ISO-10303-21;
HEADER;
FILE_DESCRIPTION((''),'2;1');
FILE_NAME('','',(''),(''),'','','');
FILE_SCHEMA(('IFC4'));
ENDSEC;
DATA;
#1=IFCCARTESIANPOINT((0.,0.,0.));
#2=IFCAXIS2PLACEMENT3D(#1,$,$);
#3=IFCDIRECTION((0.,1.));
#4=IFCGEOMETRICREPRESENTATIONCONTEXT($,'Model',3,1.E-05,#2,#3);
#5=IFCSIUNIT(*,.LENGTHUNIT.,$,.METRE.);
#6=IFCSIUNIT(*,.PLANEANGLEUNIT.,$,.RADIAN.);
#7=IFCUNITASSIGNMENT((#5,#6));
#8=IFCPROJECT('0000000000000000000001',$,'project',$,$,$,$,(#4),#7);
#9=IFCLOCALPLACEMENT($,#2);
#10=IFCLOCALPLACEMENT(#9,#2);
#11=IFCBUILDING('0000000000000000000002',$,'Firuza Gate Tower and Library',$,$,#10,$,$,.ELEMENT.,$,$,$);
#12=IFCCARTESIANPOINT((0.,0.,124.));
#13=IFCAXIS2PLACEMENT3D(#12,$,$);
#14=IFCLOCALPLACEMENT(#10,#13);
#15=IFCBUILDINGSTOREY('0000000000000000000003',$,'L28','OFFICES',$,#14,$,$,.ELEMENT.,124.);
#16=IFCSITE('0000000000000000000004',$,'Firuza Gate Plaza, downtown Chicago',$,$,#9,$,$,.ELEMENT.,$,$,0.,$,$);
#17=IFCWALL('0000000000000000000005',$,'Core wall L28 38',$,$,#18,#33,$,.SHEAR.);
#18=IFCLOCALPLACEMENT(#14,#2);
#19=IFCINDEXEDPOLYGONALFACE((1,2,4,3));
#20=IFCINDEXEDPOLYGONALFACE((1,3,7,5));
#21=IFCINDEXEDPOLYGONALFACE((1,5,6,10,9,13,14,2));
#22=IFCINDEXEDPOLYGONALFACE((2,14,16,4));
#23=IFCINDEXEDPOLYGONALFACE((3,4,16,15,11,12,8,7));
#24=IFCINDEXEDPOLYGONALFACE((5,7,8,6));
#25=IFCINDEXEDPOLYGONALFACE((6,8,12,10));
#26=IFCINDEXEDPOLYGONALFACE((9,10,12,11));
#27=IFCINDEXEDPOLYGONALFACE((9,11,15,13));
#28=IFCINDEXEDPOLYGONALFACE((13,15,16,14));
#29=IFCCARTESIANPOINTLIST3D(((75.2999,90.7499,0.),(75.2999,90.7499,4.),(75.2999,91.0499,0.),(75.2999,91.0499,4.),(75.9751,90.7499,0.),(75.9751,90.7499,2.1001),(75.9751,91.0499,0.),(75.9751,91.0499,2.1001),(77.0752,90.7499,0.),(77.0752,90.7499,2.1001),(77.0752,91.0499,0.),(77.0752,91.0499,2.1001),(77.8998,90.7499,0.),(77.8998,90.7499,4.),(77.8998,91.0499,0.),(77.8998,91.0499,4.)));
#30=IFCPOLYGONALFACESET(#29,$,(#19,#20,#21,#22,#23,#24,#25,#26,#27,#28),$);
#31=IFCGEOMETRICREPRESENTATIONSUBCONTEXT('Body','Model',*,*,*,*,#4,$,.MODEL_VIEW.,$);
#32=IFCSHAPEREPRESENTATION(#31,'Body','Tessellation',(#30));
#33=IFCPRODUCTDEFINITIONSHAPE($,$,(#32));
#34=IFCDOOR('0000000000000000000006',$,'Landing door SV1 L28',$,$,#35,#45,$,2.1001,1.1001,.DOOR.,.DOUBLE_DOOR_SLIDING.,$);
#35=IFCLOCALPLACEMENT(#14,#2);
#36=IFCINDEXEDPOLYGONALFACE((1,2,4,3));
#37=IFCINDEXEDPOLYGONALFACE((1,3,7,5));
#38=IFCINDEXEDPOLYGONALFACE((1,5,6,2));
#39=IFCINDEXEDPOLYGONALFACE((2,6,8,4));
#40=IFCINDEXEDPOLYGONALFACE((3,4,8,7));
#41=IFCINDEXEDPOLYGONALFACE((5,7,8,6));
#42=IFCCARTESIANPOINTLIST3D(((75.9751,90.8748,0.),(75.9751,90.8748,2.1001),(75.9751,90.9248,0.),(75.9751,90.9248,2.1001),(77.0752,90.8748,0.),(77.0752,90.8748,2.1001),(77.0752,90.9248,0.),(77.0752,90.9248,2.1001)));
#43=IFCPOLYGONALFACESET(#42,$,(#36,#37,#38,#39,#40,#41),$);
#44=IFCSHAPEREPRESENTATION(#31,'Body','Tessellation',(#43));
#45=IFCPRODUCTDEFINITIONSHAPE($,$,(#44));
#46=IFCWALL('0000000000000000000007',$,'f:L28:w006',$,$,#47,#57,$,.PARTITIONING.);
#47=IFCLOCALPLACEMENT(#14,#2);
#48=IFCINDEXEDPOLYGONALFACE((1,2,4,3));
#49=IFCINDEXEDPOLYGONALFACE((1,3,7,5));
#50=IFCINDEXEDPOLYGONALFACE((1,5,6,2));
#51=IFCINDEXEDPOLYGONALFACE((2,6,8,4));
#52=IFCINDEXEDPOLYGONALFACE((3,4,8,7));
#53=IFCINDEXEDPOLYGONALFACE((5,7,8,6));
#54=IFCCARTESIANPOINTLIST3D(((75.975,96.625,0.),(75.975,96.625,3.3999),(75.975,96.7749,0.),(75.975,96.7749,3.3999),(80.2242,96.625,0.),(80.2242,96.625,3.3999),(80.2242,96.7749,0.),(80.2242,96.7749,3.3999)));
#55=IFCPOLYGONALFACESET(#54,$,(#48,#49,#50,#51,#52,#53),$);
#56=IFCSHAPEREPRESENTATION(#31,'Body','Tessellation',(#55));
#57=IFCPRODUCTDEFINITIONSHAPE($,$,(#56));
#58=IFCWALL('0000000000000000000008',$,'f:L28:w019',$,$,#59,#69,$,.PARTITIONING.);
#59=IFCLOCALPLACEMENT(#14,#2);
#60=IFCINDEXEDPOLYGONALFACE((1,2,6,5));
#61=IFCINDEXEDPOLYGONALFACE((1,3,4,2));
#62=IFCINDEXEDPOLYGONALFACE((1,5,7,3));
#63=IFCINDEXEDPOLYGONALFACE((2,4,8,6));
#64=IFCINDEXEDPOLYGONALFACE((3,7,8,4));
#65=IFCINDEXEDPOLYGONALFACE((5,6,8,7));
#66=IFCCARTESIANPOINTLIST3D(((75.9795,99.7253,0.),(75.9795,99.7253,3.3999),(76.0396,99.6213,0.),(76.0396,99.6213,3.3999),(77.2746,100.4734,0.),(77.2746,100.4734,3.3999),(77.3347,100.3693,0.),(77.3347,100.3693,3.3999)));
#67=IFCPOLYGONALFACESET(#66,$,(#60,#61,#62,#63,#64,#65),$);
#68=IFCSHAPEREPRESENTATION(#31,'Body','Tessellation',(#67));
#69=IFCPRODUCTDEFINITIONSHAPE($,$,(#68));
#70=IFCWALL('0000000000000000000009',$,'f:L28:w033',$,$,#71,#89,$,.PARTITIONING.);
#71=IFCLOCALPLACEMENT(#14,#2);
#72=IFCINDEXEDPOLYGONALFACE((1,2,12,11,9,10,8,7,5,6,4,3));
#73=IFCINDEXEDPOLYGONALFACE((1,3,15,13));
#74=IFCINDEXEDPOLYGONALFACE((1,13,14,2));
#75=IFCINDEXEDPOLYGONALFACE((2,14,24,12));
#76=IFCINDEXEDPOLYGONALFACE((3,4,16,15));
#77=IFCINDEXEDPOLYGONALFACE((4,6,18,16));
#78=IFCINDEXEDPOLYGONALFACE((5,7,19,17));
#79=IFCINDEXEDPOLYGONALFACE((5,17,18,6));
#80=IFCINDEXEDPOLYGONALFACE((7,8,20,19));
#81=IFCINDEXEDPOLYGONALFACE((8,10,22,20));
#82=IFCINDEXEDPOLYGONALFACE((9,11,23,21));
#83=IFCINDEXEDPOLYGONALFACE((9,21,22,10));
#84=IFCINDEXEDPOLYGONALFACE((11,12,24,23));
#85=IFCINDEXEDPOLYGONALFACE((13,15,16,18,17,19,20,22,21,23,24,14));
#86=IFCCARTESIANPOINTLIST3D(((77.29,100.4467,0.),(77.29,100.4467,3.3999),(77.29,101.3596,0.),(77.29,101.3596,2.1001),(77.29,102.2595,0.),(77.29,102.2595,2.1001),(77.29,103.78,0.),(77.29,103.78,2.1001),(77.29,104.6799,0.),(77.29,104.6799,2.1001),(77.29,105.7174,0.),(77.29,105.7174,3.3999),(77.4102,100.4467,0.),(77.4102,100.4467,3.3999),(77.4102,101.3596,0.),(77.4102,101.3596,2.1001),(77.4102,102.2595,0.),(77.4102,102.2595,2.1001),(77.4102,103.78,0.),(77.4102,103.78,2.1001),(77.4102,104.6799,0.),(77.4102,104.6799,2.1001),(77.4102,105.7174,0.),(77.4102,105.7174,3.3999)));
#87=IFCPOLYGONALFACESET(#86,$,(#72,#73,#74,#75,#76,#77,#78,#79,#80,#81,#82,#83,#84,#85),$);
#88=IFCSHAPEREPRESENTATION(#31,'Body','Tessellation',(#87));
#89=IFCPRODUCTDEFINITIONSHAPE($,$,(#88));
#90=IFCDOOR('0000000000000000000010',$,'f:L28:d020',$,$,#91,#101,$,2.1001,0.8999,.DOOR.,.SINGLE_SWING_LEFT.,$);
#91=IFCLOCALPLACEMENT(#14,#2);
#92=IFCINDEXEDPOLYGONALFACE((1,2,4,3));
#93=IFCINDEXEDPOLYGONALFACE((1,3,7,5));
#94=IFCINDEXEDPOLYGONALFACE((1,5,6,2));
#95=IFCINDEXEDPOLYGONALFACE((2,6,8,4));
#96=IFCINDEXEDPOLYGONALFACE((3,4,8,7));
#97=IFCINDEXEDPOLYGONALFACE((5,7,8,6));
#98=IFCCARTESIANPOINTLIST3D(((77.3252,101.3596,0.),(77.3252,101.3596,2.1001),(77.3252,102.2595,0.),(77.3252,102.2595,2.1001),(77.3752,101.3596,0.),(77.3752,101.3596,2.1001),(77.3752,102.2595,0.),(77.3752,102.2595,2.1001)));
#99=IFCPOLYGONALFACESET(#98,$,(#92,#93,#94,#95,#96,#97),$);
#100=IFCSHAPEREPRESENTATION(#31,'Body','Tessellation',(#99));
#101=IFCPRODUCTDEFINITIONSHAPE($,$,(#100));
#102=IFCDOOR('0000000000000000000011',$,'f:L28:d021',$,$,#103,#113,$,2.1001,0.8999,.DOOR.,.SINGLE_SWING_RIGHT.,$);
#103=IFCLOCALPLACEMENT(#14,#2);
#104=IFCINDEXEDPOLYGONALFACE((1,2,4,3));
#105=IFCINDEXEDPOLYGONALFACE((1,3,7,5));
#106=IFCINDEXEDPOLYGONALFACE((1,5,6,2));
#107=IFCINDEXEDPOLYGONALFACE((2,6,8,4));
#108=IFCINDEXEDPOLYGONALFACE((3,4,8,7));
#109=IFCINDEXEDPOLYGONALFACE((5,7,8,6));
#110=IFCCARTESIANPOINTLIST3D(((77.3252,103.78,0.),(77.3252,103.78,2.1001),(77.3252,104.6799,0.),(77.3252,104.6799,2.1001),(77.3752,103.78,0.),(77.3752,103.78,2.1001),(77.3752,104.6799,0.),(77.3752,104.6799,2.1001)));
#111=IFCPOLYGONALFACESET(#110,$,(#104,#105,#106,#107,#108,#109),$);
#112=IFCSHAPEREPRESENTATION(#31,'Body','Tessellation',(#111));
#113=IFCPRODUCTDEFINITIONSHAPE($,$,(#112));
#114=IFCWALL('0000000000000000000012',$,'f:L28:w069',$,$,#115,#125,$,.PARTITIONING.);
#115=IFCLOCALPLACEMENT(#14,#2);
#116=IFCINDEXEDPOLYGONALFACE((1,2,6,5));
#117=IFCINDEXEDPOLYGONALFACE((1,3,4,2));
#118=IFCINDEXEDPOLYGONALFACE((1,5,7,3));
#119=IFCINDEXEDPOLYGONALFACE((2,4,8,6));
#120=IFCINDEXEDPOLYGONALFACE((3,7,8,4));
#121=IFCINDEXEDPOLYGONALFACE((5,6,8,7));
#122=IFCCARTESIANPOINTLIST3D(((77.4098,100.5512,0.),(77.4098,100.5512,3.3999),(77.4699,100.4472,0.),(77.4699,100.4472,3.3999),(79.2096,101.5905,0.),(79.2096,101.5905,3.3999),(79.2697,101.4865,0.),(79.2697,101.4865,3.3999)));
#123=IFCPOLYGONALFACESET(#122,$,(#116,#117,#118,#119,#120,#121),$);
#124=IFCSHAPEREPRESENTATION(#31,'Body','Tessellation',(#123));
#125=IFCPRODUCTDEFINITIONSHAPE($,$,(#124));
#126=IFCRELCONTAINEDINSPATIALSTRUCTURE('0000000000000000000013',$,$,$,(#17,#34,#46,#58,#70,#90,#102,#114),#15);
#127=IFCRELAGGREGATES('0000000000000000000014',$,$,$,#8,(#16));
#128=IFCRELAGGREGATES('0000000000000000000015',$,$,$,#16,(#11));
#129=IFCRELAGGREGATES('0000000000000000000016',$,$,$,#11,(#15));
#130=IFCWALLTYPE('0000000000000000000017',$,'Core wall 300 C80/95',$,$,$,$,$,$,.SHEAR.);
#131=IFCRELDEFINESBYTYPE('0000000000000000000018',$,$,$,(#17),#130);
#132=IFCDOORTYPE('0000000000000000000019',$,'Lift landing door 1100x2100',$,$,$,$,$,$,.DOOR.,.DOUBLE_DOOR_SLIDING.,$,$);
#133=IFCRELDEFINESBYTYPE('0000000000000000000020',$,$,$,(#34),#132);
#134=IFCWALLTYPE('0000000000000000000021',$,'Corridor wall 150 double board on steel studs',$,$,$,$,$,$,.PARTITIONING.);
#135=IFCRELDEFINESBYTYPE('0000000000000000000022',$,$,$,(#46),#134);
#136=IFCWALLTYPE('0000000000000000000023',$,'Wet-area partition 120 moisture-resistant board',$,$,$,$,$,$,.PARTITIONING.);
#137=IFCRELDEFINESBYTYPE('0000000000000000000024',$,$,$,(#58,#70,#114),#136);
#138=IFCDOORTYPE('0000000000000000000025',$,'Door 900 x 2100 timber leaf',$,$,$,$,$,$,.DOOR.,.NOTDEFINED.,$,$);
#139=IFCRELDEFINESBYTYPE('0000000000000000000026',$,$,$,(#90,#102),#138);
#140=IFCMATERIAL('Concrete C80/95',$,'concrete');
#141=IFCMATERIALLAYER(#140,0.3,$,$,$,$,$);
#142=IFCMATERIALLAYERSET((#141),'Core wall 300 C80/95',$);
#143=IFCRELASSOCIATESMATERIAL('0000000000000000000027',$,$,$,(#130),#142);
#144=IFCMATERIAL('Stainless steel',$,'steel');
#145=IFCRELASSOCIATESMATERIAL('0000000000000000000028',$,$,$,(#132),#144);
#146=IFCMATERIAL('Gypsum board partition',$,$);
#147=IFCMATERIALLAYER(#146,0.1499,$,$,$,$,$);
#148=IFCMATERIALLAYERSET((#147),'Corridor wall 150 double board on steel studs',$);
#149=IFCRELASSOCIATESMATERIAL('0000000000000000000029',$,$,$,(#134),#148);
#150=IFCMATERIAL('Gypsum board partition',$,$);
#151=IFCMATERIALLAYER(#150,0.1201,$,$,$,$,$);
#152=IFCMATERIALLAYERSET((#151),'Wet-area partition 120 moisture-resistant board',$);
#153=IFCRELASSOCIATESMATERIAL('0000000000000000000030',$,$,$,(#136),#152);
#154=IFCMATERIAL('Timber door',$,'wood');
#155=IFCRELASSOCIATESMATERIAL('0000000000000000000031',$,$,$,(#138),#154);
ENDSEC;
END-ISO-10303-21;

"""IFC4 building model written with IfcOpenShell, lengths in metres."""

from ifc_helpers import new_model, si_unit, direction, frame, frame_2d, origin, place, context, subcontext, project, spatial, rectangle, extrude, material, layer, layer_set, type_object, element, fill, save


model = new_model("IFC4")

# Units and contexts
model_context = context("Model", 3, precision=1e-05, world=origin(), true_north=direction((0.0, 1.0)))
body_context = subcontext(model_context, "Body", "Model", "MODEL_VIEW")
ifc_project = project(units=[si_unit("LENGTHUNIT", "METRE"), si_unit("PLANEANGLEUNIT", "RADIAN")], contexts=[model_context])

# Site, building, storey
site_placement = place(None, origin())
site = spatial("IfcSite", under=ifc_project, at=site_placement, Name="Firuza Gate Plaza, downtown Chicago", CompositionType="ELEMENT", RefElevation=0.0)
building_placement = place(site_placement, origin())
building = spatial("IfcBuilding", under=site, at=building_placement, Name="Firuza Gate Tower and Library", CompositionType="ELEMENT")
storey_placement = place(building_placement, frame((0.0, 0.0, 124.0)))
storey = spatial("IfcBuildingStorey", under=building, at=storey_placement, Name="L28", Description="OFFICES", CompositionType="ELEMENT", Elevation=124.0)

# Wall, opening, door
ifc_material_1 = material(Name="Concrete C80/95", Category="concrete")
ifc_layer_1 = layer(ifc_material_1, 0.3)
ifc_layer_set_1 = layer_set([ifc_layer_1], Name="Core wall 300 C80/95")
wall_type_1 = type_object("IfcWallType", Name="Core wall 300 C80/95", PredefinedType="SHEAR", material=ifc_layer_set_1)
wall_1_placement = place(storey_placement, frame((75.3, 90.8999, 0.0), z_axis=(0.0, 0.0, 1.0), x_axis=(1.0, 0.0, 0.0)))
wall_1 = element("IfcWall", 1, at=wall_1_placement, inside=storey, type_object=wall_type_1, Name="Core wall L28 38", PredefinedType="SHEAR", context=body_context, shape_type="SweptSolid", body=[
    extrude(rectangle(XDim=2.5999, YDim=0.3, at=frame_2d((1.2998, 0.0))), origin(), (0.0, 0.0, 1.0), 4.0),
])
opening_1_placement = place(wall_1_placement, frame((0.675, 0.0, 0.0)))
opening_1 = element("IfcOpeningElement", 2, at=opening_1_placement, cuts=wall_1, PredefinedType="OPENING", context=body_context, shape_type="SweptSolid", body=[
    extrude(rectangle(XDim=1.1001, YDim=2.1001, at=frame_2d((0.55, 1.05))), frame((0.0, 0.1602, 0.0), z_axis=(0.0, -1.0, 0.0), x_axis=(1.0, 0.0, 0.0)), (0.0, 0.0, 1.0), 0.3201),
])
ifc_material_2 = material(Name="Stainless steel", Category="steel")
door_type_1 = type_object("IfcDoorType", Name="Lift landing door 1100x2100", OperationType="DOUBLE_DOOR_SLIDING", PredefinedType="DOOR", material=ifc_material_2)
door_1_placement = place(opening_1_placement, origin())
door_1 = element("IfcDoor", 3, at=door_1_placement, inside=storey, type_object=door_type_1, Name="Landing door SV1 L28", OperationType="DOUBLE_DOOR_SLIDING", OverallHeight=2.1001, OverallWidth=1.1001, PredefinedType="DOOR", context=body_context, shape_type="SweptSolid", body=[
    extrude(rectangle(XDim=1.1001, YDim=2.1001, at=frame_2d((0.55, 1.05))), frame((0.0, 0.0249, 0.0), z_axis=(0.0, -1.0, 0.0), x_axis=(1.0, 0.0, 0.0)), (0.0, 0.0, 1.0), 0.05),
])
fill(opening_1, door_1)

# Walls
ifc_material_3 = material(Name="Gypsum board partition")
ifc_layer_2 = layer(ifc_material_3, 0.1499)
ifc_layer_set_2 = layer_set([ifc_layer_2], Name="Corridor wall 150 double board on steel studs")
wall_type_2 = type_object("IfcWallType", Name="Corridor wall 150 double board on steel studs", PredefinedType="PARTITIONING", material=ifc_layer_set_2)
wall_2_placement = place(storey_placement, frame((75.9751, 96.7, 0.0), z_axis=(0.0, 0.0, 1.0), x_axis=(1.0, 0.0, 0.0)))
element("IfcWall", 4, at=wall_2_placement, inside=storey, type_object=wall_type_2, Name="f:L28:w006", PredefinedType="PARTITIONING", context=body_context, shape_type="SweptSolid", body=[
    extrude(rectangle(XDim=4.2493, YDim=0.1499, at=frame_2d((2.1245, 0.0))), origin(), (0.0, 0.0, 1.0), 3.3999),
])
ifc_material_4 = material(Name="Gypsum board partition")
ifc_layer_3 = layer(ifc_material_4, 0.1201)
ifc_layer_set_3 = layer_set([ifc_layer_3], Name="Wet-area partition 120 moisture-resistant board")
wall_type_3 = type_object("IfcWallType", Name="Wet-area partition 120 moisture-resistant board", PredefinedType="PARTITIONING", material=ifc_layer_set_3)
wall_3_placement = place(storey_placement, frame((76.0095, 99.6733, 0.0), z_axis=(0.0, 0.0, 1.0), x_axis=(0.865944, 0.500142, 0.0)))
element("IfcWall", 5, at=wall_3_placement, inside=storey, type_object=wall_type_3, Name="f:L28:w019", PredefinedType="PARTITIONING", context=body_context, shape_type="SweptSolid", body=[
    extrude(rectangle(XDim=1.4956, YDim=0.1201, at=frame_2d((0.7478, 0.0))), origin(), (0.0, 0.0, 1.0), 3.3999),
])

# Wall, openings, doors
wall_4_placement = place(storey_placement, frame((77.3501, 100.4468, 0.0), z_axis=(0.0, 0.0, 1.0), x_axis=(0.0, 1.0, 0.0)))
wall_4 = element("IfcWall", 6, at=wall_4_placement, inside=storey, type_object=wall_type_3, Name="f:L28:w033", PredefinedType="PARTITIONING", context=body_context, shape_type="SweptSolid", body=[
    extrude(rectangle(XDim=5.2708, YDim=0.1201, at=frame_2d((2.6353, 0.0))), origin(), (0.0, 0.0, 1.0), 3.3999),
])
opening_2_placement = place(wall_4_placement, frame((0.9128, 0.0, 0.0)))
opening_2 = element("IfcOpeningElement", 7, at=opening_2_placement, cuts=wall_4, PredefinedType="OPENING", context=body_context, shape_type="SweptSolid", body=[
    extrude(rectangle(XDim=0.8999, YDim=2.1001, at=frame_2d((0.45, 1.05))), frame((0.0, 0.0701, 0.0), z_axis=(0.0, -1.0, 0.0), x_axis=(1.0, 0.0, 0.0)), (0.0, 0.0, 1.0), 0.1401),
])
opening_3_placement = place(wall_4_placement, frame((3.3333, 0.0, 0.0)))
opening_3 = element("IfcOpeningElement", 8, at=opening_3_placement, cuts=wall_4, PredefinedType="OPENING", context=body_context, shape_type="SweptSolid", body=[
    extrude(rectangle(XDim=0.8999, YDim=2.1001, at=frame_2d((0.45, 1.05))), frame((0.0, 0.0701, 0.0), z_axis=(0.0, -1.0, 0.0), x_axis=(1.0, 0.0, 0.0)), (0.0, 0.0, 1.0), 0.1401),
])
ifc_material_5 = material(Name="Timber door", Category="wood")
door_type_2 = type_object("IfcDoorType", Name="Door 900 x 2100 timber leaf", OperationType="NOTDEFINED", PredefinedType="DOOR", material=ifc_material_5)
door_2_placement = place(opening_2_placement, origin())
door_2 = element("IfcDoor", 9, at=door_2_placement, inside=storey, type_object=door_type_2, Name="f:L28:d020", OperationType="SINGLE_SWING_LEFT", OverallHeight=2.1001, OverallWidth=0.8999, PredefinedType="DOOR", context=body_context, shape_type="SweptSolid", body=[
    extrude(rectangle(XDim=0.8999, YDim=2.1001, at=frame_2d((0.45, 1.05))), frame((0.0, 0.0249, 0.0), z_axis=(0.0, -1.0, 0.0), x_axis=(1.0, 0.0, 0.0)), (0.0, 0.0, 1.0), 0.05),
])
fill(opening_2, door_2)
door_3_placement = place(opening_3_placement, origin())
door_3 = element("IfcDoor", 10, at=door_3_placement, inside=storey, type_object=door_type_2, Name="f:L28:d021", OperationType="SINGLE_SWING_RIGHT", OverallHeight=2.1001, OverallWidth=0.8999, PredefinedType="DOOR", context=body_context, shape_type="SweptSolid", body=[
    extrude(rectangle(XDim=0.8999, YDim=2.1001, at=frame_2d((0.45, 1.05))), frame((0.0, 0.0249, 0.0), z_axis=(0.0, -1.0, 0.0), x_axis=(1.0, 0.0, 0.0)), (0.0, 0.0, 1.0), 0.05),
])
fill(opening_3, door_3)

# Wall
wall_5_placement = place(storey_placement, frame((77.4399, 100.4993, 0.0), z_axis=(0.0, 0.0, 1.0), x_axis=(0.865986, 0.500068, 0.0)))
element("IfcWall", 11, at=wall_5_placement, inside=storey, type_object=wall_type_3, Name="f:L28:w069", PredefinedType="PARTITIONING", context=body_context, shape_type="SweptSolid", body=[
    extrude(rectangle(XDim=2.0784, YDim=0.1201, at=frame_2d((1.0391, 0.0))), origin(), (0.0, 0.0, 1.0), 3.3999),
])

save(model, "model.ifc")
